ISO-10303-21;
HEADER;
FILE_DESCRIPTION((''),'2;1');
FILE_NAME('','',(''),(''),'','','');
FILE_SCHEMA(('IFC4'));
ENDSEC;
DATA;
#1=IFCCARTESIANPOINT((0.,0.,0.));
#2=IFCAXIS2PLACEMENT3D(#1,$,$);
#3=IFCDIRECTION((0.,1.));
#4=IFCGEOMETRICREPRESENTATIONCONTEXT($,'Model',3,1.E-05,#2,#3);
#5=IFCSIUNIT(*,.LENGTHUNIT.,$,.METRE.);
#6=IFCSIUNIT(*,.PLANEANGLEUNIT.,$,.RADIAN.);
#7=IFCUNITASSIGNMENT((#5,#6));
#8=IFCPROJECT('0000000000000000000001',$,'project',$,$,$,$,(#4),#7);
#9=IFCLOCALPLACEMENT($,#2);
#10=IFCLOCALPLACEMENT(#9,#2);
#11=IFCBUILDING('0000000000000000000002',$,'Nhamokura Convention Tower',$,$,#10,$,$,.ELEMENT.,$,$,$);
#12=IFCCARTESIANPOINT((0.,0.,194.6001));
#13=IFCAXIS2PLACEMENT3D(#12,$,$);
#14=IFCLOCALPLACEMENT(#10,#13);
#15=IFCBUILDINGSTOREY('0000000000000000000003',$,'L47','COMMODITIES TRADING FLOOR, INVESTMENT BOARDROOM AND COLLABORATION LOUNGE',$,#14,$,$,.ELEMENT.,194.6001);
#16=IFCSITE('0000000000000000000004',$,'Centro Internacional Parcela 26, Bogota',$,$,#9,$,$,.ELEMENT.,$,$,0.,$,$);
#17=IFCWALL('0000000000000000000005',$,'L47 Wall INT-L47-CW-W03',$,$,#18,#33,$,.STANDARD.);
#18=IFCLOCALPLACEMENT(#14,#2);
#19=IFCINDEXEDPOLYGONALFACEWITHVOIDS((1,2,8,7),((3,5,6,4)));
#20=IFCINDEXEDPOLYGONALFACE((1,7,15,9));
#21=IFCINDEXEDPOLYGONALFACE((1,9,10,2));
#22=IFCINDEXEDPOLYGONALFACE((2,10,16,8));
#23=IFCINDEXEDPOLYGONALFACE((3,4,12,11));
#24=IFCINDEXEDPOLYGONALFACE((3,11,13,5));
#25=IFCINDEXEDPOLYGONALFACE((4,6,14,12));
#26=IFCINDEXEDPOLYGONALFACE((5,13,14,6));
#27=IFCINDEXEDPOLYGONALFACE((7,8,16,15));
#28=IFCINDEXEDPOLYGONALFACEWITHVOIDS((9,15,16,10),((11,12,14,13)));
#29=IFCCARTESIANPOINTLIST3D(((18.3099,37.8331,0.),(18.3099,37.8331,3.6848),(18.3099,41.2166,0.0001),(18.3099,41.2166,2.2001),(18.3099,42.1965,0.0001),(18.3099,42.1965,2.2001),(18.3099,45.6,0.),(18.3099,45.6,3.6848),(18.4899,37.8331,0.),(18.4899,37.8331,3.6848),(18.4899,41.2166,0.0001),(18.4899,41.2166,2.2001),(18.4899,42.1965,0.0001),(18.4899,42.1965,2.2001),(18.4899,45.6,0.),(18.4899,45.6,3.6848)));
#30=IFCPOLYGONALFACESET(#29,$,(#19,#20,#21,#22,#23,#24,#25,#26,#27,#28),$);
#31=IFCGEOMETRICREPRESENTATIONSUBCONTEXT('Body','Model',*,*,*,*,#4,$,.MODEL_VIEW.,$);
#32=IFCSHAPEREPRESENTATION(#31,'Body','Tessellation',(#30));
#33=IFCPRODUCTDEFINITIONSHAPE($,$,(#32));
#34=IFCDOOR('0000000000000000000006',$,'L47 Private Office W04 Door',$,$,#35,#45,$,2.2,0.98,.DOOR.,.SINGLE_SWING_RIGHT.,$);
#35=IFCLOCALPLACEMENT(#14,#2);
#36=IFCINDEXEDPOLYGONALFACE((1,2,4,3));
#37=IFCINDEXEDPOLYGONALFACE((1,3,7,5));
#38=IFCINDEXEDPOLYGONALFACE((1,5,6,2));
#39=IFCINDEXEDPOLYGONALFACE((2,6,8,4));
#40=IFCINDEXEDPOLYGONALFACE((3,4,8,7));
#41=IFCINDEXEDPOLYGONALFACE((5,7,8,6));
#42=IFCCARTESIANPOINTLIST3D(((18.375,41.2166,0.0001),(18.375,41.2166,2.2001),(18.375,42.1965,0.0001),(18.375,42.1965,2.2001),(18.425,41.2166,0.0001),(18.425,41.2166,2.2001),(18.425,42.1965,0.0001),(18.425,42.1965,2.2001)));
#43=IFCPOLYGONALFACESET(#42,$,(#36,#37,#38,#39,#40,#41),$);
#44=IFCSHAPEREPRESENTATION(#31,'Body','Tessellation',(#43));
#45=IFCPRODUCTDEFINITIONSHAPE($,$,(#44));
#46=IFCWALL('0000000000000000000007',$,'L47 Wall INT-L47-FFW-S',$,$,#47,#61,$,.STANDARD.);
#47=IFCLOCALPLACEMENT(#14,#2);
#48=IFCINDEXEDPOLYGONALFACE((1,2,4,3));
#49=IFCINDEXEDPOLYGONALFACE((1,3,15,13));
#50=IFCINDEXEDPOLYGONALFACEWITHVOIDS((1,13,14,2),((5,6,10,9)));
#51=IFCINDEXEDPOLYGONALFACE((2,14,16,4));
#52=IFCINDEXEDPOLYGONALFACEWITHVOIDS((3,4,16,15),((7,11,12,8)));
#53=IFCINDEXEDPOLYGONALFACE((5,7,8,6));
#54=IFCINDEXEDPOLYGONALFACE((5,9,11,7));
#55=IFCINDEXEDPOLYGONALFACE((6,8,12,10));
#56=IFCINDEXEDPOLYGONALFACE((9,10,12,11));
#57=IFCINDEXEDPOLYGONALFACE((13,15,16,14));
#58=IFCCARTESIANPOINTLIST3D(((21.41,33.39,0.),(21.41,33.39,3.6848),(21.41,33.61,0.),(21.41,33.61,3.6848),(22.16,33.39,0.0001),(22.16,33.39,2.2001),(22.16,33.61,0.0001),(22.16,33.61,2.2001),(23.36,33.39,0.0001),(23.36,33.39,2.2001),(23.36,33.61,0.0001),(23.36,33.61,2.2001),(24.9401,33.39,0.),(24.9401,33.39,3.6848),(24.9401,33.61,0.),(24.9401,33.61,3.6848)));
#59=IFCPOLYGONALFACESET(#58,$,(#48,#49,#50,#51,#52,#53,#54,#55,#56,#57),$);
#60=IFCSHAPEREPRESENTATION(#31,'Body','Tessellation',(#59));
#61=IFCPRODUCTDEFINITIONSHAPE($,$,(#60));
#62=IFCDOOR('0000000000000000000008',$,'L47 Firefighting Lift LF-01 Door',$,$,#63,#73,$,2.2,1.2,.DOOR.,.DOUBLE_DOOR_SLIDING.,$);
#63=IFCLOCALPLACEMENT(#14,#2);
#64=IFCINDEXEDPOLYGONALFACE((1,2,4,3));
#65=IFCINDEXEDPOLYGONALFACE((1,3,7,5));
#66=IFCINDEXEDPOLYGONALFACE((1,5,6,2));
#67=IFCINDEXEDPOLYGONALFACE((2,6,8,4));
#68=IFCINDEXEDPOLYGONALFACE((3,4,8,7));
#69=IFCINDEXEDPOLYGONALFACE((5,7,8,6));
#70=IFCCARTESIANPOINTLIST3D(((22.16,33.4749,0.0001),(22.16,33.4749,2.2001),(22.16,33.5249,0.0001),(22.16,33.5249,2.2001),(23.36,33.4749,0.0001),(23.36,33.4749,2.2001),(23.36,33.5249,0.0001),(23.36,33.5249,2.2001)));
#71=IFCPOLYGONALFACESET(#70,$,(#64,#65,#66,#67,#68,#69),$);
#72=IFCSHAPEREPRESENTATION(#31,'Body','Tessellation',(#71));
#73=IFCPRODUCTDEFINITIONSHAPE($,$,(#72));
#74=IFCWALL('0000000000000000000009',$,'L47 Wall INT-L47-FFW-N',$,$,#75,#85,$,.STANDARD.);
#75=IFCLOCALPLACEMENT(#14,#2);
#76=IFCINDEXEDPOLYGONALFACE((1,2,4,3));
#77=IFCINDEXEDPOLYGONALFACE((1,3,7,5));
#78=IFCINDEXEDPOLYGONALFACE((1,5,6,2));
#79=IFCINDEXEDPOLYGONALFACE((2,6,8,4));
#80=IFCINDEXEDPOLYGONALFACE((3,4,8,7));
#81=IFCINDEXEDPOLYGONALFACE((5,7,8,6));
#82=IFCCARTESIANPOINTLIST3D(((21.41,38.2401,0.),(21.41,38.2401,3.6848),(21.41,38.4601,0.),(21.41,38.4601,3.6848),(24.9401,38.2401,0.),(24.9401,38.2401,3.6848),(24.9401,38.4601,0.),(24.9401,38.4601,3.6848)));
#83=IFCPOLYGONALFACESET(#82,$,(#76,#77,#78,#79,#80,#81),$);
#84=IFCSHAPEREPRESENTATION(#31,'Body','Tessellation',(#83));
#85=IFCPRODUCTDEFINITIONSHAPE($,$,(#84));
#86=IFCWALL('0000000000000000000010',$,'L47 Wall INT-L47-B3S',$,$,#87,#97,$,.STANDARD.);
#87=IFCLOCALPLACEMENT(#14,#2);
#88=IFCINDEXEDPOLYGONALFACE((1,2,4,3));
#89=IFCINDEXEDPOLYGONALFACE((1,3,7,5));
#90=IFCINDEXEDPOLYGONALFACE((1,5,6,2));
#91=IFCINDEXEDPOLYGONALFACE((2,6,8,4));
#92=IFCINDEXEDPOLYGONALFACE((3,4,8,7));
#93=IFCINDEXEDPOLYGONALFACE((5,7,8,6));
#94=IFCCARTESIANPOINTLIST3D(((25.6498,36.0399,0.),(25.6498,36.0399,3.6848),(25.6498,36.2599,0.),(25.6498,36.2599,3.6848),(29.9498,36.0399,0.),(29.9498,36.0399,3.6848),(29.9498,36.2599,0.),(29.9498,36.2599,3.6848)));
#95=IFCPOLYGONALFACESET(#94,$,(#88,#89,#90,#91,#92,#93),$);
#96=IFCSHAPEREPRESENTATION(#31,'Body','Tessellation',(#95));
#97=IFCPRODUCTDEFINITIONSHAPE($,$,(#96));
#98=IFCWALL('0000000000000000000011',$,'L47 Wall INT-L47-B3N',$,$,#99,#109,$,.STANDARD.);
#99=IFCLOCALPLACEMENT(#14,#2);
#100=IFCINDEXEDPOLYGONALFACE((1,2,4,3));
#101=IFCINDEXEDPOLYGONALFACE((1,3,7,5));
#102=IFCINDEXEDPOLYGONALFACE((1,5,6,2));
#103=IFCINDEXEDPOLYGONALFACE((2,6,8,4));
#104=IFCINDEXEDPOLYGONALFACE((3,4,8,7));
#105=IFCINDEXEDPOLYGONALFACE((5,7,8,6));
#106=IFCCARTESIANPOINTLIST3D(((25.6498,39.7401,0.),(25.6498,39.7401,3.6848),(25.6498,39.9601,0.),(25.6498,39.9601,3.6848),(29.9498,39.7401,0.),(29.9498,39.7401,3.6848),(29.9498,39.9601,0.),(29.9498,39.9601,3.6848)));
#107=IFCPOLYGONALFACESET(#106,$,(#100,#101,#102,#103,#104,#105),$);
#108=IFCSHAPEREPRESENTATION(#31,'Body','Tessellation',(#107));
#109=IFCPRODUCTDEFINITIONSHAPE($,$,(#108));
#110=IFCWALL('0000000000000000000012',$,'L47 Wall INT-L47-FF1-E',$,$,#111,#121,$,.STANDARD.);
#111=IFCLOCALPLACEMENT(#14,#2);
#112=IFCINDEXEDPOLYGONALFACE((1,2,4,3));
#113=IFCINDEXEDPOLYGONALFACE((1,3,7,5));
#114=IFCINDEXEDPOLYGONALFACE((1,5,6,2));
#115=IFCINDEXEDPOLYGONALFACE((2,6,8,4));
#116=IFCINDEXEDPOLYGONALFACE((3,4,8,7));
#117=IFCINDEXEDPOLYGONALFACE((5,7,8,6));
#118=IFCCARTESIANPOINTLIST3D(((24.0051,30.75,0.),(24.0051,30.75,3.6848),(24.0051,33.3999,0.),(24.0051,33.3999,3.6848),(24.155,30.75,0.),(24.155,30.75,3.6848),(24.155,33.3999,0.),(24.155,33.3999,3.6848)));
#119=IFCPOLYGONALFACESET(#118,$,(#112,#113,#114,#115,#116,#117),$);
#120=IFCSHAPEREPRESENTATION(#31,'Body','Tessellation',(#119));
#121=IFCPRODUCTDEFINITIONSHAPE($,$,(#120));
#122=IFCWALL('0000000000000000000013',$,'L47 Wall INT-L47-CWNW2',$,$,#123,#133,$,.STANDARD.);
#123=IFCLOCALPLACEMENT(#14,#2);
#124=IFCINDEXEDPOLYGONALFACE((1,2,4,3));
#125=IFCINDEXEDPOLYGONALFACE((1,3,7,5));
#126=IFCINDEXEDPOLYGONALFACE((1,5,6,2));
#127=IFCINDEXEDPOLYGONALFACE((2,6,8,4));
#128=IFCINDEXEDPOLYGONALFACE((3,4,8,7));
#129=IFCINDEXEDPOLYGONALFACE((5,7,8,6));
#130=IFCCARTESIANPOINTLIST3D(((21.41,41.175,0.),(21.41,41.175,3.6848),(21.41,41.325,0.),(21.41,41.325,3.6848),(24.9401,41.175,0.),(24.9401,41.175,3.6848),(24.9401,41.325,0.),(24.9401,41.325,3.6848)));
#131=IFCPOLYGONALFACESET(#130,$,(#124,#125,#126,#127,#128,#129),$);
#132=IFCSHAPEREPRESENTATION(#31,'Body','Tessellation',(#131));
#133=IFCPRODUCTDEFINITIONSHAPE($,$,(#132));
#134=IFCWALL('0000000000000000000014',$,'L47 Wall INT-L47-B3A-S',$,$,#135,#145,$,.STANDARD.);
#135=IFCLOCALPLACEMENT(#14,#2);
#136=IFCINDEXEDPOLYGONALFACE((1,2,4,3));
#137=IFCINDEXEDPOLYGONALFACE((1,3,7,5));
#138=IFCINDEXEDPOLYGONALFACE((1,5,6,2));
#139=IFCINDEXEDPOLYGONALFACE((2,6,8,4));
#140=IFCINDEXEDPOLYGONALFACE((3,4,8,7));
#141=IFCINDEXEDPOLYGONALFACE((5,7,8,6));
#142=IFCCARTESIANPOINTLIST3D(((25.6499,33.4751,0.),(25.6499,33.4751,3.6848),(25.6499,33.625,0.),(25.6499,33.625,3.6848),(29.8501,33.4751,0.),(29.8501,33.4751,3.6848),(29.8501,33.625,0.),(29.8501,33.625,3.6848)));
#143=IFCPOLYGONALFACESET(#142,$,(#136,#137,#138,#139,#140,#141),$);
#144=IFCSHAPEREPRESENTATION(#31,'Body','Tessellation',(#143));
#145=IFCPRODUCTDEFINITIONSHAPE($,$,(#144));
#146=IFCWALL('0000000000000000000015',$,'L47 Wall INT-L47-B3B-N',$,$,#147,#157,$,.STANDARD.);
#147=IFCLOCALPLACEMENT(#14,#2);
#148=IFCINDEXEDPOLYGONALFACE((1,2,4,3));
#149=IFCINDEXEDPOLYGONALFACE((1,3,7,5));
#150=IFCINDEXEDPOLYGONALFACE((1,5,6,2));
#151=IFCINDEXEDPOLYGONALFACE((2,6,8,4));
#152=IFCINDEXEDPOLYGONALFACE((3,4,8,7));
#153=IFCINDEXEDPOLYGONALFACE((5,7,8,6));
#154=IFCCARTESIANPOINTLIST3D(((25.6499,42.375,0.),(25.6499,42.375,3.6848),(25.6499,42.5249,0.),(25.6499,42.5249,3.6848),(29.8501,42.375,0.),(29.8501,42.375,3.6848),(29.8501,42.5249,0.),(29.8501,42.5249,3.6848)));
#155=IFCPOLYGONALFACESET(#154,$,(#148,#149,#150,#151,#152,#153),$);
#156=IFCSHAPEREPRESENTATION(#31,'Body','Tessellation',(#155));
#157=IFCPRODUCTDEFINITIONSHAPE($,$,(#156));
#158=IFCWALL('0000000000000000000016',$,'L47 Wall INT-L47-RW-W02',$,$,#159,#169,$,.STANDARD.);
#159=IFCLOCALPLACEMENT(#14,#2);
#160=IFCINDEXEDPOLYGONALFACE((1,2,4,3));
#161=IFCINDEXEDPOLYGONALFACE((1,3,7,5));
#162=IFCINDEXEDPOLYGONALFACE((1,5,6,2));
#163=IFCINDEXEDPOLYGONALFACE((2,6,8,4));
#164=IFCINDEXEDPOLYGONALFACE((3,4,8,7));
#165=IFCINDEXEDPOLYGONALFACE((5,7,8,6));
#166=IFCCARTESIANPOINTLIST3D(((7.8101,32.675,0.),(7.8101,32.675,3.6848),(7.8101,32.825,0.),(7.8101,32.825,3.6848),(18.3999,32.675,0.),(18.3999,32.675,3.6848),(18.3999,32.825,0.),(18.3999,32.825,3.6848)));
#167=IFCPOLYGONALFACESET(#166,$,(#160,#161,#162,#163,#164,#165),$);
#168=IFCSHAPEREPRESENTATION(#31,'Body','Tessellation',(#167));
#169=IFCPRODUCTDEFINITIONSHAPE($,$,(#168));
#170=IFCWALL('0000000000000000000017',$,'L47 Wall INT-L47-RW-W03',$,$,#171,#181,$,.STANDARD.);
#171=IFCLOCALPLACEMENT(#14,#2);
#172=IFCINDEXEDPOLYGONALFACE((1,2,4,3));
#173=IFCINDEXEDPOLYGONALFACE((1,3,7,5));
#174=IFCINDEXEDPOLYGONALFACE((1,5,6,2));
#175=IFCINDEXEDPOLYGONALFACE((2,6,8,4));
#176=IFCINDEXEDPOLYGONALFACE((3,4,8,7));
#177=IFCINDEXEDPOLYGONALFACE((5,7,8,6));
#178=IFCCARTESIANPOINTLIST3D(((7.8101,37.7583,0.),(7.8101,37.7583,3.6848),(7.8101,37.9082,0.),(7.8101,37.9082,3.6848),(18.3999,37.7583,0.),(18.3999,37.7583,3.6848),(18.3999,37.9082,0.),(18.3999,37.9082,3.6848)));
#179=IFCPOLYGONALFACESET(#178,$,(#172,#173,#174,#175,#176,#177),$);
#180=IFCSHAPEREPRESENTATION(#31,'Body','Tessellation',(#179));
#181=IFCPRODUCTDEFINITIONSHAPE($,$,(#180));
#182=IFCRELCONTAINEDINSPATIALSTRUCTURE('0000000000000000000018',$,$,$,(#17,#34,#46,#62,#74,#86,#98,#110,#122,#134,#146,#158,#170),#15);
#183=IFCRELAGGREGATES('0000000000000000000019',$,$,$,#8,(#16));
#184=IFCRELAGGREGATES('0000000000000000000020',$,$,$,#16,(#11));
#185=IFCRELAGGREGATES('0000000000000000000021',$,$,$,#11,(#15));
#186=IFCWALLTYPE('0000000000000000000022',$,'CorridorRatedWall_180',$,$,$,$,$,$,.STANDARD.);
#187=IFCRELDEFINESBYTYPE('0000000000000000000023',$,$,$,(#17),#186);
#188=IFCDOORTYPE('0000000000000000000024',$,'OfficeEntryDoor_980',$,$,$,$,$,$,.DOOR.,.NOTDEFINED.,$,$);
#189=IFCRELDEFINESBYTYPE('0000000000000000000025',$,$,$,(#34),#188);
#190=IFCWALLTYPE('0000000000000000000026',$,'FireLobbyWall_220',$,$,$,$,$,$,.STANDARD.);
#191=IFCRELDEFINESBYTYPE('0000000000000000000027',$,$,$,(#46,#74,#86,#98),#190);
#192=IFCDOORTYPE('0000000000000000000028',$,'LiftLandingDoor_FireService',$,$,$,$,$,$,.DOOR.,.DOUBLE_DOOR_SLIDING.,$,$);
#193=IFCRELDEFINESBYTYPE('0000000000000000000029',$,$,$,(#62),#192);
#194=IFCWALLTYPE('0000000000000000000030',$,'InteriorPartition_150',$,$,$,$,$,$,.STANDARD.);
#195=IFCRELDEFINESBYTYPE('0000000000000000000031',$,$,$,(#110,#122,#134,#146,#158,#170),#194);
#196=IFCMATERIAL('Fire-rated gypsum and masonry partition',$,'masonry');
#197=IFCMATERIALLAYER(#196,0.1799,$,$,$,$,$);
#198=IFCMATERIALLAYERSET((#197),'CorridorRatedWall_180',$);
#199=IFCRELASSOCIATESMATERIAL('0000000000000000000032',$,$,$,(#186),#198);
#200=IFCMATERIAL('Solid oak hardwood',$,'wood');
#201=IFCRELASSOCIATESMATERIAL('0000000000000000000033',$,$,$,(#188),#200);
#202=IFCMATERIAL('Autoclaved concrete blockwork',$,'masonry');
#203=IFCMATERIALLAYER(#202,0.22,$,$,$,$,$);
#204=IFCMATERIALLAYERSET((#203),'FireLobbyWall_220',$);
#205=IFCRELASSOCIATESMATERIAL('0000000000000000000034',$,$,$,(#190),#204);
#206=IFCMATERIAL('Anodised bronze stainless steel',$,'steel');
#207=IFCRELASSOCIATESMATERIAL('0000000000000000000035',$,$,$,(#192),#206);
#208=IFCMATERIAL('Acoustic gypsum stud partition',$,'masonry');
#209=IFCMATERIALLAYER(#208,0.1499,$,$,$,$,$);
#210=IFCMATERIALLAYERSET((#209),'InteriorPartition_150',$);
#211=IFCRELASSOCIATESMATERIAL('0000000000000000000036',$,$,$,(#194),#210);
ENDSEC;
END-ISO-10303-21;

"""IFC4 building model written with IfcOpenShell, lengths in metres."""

from ifc_helpers import new_model, si_unit, direction, frame, frame_2d, origin, place, context, subcontext, project, spatial, rectangle, extrude, material, layer, layer_set, type_object, element, fill, save


model = new_model("IFC4")

# Units and contexts
model_context = context("Model", 3, precision=1e-05, world=origin(), true_north=direction((0.0, 1.0)))
body_context = subcontext(model_context, "Body", "Model", "MODEL_VIEW")
ifc_project = project(units=[si_unit("LENGTHUNIT", "METRE"), si_unit("PLANEANGLEUNIT", "RADIAN")], contexts=[model_context])

# Site, building, storey
site_placement = place(None, origin())
site = spatial("IfcSite", under=ifc_project, at=site_placement, Name="Centro Internacional Parcela 26, Bogota", CompositionType="ELEMENT", RefElevation=0.0)
building_placement = place(site_placement, origin())
building = spatial("IfcBuilding", under=site, at=building_placement, Name="Nhamokura Convention Tower", CompositionType="ELEMENT")
storey_placement = place(building_placement, frame((0.0, 0.0, 194.6001)))
storey = spatial("IfcBuildingStorey", under=building, at=storey_placement, Name="L47", Description="COMMODITIES TRADING FLOOR, INVESTMENT BOARDROOM AND COLLABORATION LOUNGE", CompositionType="ELEMENT", Elevation=194.6001)

# Walls, openings, doors
ifc_material_1 = material(Name="Fire-rated gypsum and masonry partition", Category="masonry")
ifc_layer_1 = layer(ifc_material_1, 0.1799)
ifc_layer_set_1 = layer_set([ifc_layer_1], Name="CorridorRatedWall_180")
wall_type_1 = type_object("IfcWallType", Name="CorridorRatedWall_180", PredefinedType="STANDARD", material=ifc_layer_set_1)
ifc_material_2 = material(Name="Solid oak hardwood", Category="wood")
door_type_1 = type_object("IfcDoorType", Name="OfficeEntryDoor_980", OperationType="NOTDEFINED", PredefinedType="DOOR", material=ifc_material_2)
wall_1_placement = place(storey_placement, frame((18.3999, 37.8333, 0.0), z_axis=(0.0, 0.0, 1.0), x_axis=(0.0, 1.0, 0.0)))
wall_1 = element("IfcWall", 1, at=wall_1_placement, inside=storey, type_object=wall_type_1, Name="L47 Wall INT-L47-CW-W03", PredefinedType="STANDARD", context=body_context, shape_type="SweptSolid", body=[
    extrude(rectangle(XDim=7.7668, YDim=0.1799, at=frame_2d((3.8833, 0.0))), origin(), (0.0, 0.0, 1.0), 3.6848),
])
opening_1_placement = place(wall_1_placement, frame((3.3833, 0.0, 0.0)))
opening_1 = element("IfcOpeningElement", 2, at=opening_1_placement, cuts=wall_1, PredefinedType="OPENING", context=body_context, shape_type="SweptSolid", body=[
    extrude(rectangle(XDim=0.98, YDim=2.2, at=frame_2d((0.49, 1.1001))), frame((0.0, 0.0999, 0.0), z_axis=(0.0, -1.0, 0.0), x_axis=(1.0, 0.0, 0.0)), (0.0, 0.0, 1.0), 0.2),
])
door_1_placement = place(opening_1_placement, origin())
door_1 = element("IfcDoor", 3, at=door_1_placement, inside=storey, type_object=door_type_1, Name="L47 Private Office W04 Door", OperationType="SINGLE_SWING_RIGHT", OverallHeight=2.2, OverallWidth=0.98, PredefinedType="DOOR", context=body_context, shape_type="SweptSolid", body=[
    extrude(rectangle(XDim=0.98, YDim=2.2, at=frame_2d((0.49, 1.1001))), frame((0.0, 0.0249, 0.0), z_axis=(0.0, -1.0, 0.0), x_axis=(1.0, 0.0, 0.0)), (0.0, 0.0, 1.0), 0.05),
])
fill(opening_1, door_1)
ifc_material_3 = material(Name="Autoclaved concrete blockwork", Category="masonry")
ifc_layer_2 = layer(ifc_material_3, 0.22)
ifc_layer_set_2 = layer_set([ifc_layer_2], Name="FireLobbyWall_220")
wall_type_2 = type_object("IfcWallType", Name="FireLobbyWall_220", PredefinedType="STANDARD", material=ifc_layer_set_2)
wall_2_placement = place(storey_placement, frame((21.4099, 33.5, 0.0), z_axis=(0.0, 0.0, 1.0), x_axis=(1.0, 0.0, 0.0)))
wall_2 = element("IfcWall", 4, at=wall_2_placement, inside=storey, type_object=wall_type_2, Name="L47 Wall INT-L47-FFW-S", PredefinedType="STANDARD", context=body_context, shape_type="SweptSolid", body=[
    extrude(rectangle(XDim=3.53, YDim=0.22, at=frame_2d((1.7651, 0.0))), origin(), (0.0, 0.0, 1.0), 3.6848),
])
opening_2_placement = place(wall_2_placement, frame((0.75, 0.0, 0.0)))
opening_2 = element("IfcOpeningElement", 5, at=opening_2_placement, cuts=wall_2, PredefinedType="OPENING", context=body_context, shape_type="SweptSolid", body=[
    extrude(rectangle(XDim=1.2, YDim=2.2, at=frame_2d((0.6001, 1.1001))), frame((0.0, 0.1199, 0.0), z_axis=(0.0, -1.0, 0.0), x_axis=(1.0, 0.0, 0.0)), (0.0, 0.0, 1.0), 0.24),
])
ifc_material_4 = material(Name="Anodised bronze stainless steel", Category="steel")
door_type_2 = type_object("IfcDoorType", Name="LiftLandingDoor_FireService", OperationType="DOUBLE_DOOR_SLIDING", PredefinedType="DOOR", material=ifc_material_4)
door_2_placement = place(opening_2_placement, origin())
door_2 = element("IfcDoor", 6, at=door_2_placement, inside=storey, type_object=door_type_2, Name="L47 Firefighting Lift LF-01 Door", OperationType="DOUBLE_DOOR_SLIDING", OverallHeight=2.2, OverallWidth=1.2, PredefinedType="DOOR", context=body_context, shape_type="SweptSolid", body=[
    extrude(rectangle(XDim=1.2, YDim=2.2, at=frame_2d((0.6001, 1.1001))), frame((0.0, 0.0249, 0.0), z_axis=(0.0, -1.0, 0.0), x_axis=(1.0, 0.0, 0.0)), (0.0, 0.0, 1.0), 0.05),
])
fill(opening_2, door_2)

# Walls
wall_3_placement = place(storey_placement, frame((21.4099, 38.3501, 0.0), z_axis=(0.0, 0.0, 1.0), x_axis=(1.0, 0.0, 0.0)))
element("IfcWall", 7, at=wall_3_placement, inside=storey, type_object=wall_type_2, Name="L47 Wall INT-L47-FFW-N", PredefinedType="STANDARD", context=body_context, shape_type="SweptSolid", body=[
    extrude(rectangle(XDim=3.53, YDim=0.22, at=frame_2d((1.7651, 0.0))), origin(), (0.0, 0.0, 1.0), 3.6848),
])
for number, where, z_axis, x_axis, name in (
    (8, (25.6499, 36.1499, 0.0), (0.0, 0.0, 1.0), (1.0, 0.0, 0.0), "L47 Wall INT-L47-B3S"),
    (9, (25.6499, 39.8501, 0.0), (0.0, 0.0, 1.0), (1.0, 0.0, 0.0), "L47 Wall INT-L47-B3N"),
):
    element("IfcWall", number, at=place(storey_placement, frame(where, z_axis=z_axis, x_axis=x_axis)), inside=storey, type_object=wall_type_2, Name=name, PredefinedType="STANDARD", context=body_context, shape_type="SweptSolid", body=[
        extrude(rectangle(XDim=4.3, YDim=0.22, at=frame_2d((2.1499, 0.0))), origin(), (0.0, 0.0, 1.0), 3.6848),
    ])
ifc_material_5 = material(Name="Acoustic gypsum stud partition", Category="masonry")
ifc_layer_3 = layer(ifc_material_5, 0.1499)
ifc_layer_set_3 = layer_set([ifc_layer_3], Name="InteriorPartition_150")
wall_type_3 = type_object("IfcWallType", Name="InteriorPartition_150", PredefinedType="STANDARD", material=ifc_layer_set_3)
wall_4_placement = place(storey_placement, frame((24.0801, 30.75, 0.0), z_axis=(0.0, 0.0, 1.0), x_axis=(0.0, 1.0, 0.0)))
element("IfcWall", 10, at=wall_4_placement, inside=storey, type_object=wall_type_3, Name="L47 Wall INT-L47-FF1-E", PredefinedType="STANDARD", context=body_context, shape_type="SweptSolid", body=[
    extrude(rectangle(XDim=2.6499, YDim=0.1499, at=frame_2d((1.325, 0.0))), origin(), (0.0, 0.0, 1.0), 3.6848),
])
wall_5_placement = place(storey_placement, frame((21.4099, 41.25, 0.0), z_axis=(0.0, 0.0, 1.0), x_axis=(1.0, 0.0, 0.0)))
element("IfcWall", 11, at=wall_5_placement, inside=storey, type_object=wall_type_3, Name="L47 Wall INT-L47-CWNW2", PredefinedType="STANDARD", context=body_context, shape_type="SweptSolid", body=[
    extrude(rectangle(XDim=3.53, YDim=0.1499, at=frame_2d((1.7651, 0.0))), origin(), (0.0, 0.0, 1.0), 3.6848),
])
for number, where, z_axis, x_axis, name in (
    (12, (25.6499, 33.55, 0.0), (0.0, 0.0, 1.0), (1.0, 0.0, 0.0), "L47 Wall INT-L47-B3A-S"),
    (13, (25.6499, 42.45, 0.0), (0.0, 0.0, 1.0), (1.0, 0.0, 0.0), "L47 Wall INT-L47-B3B-N"),
):
    element("IfcWall", number, at=place(storey_placement, frame(where, z_axis=z_axis, x_axis=x_axis)), inside=storey, type_object=wall_type_3, Name=name, PredefinedType="STANDARD", context=body_context, shape_type="SweptSolid", body=[
        extrude(rectangle(XDim=4.2002, YDim=0.1499, at=frame_2d((2.1001, 0.0))), origin(), (0.0, 0.0, 1.0), 3.6848),
    ])
for number, where, z_axis, x_axis, name in (
    (14, (7.8101, 32.75, 0.0), (0.0, 0.0, 1.0), (1.0, 0.0, 0.0), "L47 Wall INT-L47-RW-W02"),
    (15, (7.8101, 37.8333, 0.0), (0.0, 0.0, 1.0), (1.0, 0.0, 0.0), "L47 Wall INT-L47-RW-W03"),
):
    element("IfcWall", number, at=place(storey_placement, frame(where, z_axis=z_axis, x_axis=x_axis)), inside=storey, type_object=wall_type_3, Name=name, PredefinedType="STANDARD", context=body_context, shape_type="SweptSolid", body=[
        extrude(rectangle(XDim=10.5898, YDim=0.1499, at=frame_2d((5.2949, 0.0))), origin(), (0.0, 0.0, 1.0), 3.6848),
    ])

save(model, "model.ifc")
